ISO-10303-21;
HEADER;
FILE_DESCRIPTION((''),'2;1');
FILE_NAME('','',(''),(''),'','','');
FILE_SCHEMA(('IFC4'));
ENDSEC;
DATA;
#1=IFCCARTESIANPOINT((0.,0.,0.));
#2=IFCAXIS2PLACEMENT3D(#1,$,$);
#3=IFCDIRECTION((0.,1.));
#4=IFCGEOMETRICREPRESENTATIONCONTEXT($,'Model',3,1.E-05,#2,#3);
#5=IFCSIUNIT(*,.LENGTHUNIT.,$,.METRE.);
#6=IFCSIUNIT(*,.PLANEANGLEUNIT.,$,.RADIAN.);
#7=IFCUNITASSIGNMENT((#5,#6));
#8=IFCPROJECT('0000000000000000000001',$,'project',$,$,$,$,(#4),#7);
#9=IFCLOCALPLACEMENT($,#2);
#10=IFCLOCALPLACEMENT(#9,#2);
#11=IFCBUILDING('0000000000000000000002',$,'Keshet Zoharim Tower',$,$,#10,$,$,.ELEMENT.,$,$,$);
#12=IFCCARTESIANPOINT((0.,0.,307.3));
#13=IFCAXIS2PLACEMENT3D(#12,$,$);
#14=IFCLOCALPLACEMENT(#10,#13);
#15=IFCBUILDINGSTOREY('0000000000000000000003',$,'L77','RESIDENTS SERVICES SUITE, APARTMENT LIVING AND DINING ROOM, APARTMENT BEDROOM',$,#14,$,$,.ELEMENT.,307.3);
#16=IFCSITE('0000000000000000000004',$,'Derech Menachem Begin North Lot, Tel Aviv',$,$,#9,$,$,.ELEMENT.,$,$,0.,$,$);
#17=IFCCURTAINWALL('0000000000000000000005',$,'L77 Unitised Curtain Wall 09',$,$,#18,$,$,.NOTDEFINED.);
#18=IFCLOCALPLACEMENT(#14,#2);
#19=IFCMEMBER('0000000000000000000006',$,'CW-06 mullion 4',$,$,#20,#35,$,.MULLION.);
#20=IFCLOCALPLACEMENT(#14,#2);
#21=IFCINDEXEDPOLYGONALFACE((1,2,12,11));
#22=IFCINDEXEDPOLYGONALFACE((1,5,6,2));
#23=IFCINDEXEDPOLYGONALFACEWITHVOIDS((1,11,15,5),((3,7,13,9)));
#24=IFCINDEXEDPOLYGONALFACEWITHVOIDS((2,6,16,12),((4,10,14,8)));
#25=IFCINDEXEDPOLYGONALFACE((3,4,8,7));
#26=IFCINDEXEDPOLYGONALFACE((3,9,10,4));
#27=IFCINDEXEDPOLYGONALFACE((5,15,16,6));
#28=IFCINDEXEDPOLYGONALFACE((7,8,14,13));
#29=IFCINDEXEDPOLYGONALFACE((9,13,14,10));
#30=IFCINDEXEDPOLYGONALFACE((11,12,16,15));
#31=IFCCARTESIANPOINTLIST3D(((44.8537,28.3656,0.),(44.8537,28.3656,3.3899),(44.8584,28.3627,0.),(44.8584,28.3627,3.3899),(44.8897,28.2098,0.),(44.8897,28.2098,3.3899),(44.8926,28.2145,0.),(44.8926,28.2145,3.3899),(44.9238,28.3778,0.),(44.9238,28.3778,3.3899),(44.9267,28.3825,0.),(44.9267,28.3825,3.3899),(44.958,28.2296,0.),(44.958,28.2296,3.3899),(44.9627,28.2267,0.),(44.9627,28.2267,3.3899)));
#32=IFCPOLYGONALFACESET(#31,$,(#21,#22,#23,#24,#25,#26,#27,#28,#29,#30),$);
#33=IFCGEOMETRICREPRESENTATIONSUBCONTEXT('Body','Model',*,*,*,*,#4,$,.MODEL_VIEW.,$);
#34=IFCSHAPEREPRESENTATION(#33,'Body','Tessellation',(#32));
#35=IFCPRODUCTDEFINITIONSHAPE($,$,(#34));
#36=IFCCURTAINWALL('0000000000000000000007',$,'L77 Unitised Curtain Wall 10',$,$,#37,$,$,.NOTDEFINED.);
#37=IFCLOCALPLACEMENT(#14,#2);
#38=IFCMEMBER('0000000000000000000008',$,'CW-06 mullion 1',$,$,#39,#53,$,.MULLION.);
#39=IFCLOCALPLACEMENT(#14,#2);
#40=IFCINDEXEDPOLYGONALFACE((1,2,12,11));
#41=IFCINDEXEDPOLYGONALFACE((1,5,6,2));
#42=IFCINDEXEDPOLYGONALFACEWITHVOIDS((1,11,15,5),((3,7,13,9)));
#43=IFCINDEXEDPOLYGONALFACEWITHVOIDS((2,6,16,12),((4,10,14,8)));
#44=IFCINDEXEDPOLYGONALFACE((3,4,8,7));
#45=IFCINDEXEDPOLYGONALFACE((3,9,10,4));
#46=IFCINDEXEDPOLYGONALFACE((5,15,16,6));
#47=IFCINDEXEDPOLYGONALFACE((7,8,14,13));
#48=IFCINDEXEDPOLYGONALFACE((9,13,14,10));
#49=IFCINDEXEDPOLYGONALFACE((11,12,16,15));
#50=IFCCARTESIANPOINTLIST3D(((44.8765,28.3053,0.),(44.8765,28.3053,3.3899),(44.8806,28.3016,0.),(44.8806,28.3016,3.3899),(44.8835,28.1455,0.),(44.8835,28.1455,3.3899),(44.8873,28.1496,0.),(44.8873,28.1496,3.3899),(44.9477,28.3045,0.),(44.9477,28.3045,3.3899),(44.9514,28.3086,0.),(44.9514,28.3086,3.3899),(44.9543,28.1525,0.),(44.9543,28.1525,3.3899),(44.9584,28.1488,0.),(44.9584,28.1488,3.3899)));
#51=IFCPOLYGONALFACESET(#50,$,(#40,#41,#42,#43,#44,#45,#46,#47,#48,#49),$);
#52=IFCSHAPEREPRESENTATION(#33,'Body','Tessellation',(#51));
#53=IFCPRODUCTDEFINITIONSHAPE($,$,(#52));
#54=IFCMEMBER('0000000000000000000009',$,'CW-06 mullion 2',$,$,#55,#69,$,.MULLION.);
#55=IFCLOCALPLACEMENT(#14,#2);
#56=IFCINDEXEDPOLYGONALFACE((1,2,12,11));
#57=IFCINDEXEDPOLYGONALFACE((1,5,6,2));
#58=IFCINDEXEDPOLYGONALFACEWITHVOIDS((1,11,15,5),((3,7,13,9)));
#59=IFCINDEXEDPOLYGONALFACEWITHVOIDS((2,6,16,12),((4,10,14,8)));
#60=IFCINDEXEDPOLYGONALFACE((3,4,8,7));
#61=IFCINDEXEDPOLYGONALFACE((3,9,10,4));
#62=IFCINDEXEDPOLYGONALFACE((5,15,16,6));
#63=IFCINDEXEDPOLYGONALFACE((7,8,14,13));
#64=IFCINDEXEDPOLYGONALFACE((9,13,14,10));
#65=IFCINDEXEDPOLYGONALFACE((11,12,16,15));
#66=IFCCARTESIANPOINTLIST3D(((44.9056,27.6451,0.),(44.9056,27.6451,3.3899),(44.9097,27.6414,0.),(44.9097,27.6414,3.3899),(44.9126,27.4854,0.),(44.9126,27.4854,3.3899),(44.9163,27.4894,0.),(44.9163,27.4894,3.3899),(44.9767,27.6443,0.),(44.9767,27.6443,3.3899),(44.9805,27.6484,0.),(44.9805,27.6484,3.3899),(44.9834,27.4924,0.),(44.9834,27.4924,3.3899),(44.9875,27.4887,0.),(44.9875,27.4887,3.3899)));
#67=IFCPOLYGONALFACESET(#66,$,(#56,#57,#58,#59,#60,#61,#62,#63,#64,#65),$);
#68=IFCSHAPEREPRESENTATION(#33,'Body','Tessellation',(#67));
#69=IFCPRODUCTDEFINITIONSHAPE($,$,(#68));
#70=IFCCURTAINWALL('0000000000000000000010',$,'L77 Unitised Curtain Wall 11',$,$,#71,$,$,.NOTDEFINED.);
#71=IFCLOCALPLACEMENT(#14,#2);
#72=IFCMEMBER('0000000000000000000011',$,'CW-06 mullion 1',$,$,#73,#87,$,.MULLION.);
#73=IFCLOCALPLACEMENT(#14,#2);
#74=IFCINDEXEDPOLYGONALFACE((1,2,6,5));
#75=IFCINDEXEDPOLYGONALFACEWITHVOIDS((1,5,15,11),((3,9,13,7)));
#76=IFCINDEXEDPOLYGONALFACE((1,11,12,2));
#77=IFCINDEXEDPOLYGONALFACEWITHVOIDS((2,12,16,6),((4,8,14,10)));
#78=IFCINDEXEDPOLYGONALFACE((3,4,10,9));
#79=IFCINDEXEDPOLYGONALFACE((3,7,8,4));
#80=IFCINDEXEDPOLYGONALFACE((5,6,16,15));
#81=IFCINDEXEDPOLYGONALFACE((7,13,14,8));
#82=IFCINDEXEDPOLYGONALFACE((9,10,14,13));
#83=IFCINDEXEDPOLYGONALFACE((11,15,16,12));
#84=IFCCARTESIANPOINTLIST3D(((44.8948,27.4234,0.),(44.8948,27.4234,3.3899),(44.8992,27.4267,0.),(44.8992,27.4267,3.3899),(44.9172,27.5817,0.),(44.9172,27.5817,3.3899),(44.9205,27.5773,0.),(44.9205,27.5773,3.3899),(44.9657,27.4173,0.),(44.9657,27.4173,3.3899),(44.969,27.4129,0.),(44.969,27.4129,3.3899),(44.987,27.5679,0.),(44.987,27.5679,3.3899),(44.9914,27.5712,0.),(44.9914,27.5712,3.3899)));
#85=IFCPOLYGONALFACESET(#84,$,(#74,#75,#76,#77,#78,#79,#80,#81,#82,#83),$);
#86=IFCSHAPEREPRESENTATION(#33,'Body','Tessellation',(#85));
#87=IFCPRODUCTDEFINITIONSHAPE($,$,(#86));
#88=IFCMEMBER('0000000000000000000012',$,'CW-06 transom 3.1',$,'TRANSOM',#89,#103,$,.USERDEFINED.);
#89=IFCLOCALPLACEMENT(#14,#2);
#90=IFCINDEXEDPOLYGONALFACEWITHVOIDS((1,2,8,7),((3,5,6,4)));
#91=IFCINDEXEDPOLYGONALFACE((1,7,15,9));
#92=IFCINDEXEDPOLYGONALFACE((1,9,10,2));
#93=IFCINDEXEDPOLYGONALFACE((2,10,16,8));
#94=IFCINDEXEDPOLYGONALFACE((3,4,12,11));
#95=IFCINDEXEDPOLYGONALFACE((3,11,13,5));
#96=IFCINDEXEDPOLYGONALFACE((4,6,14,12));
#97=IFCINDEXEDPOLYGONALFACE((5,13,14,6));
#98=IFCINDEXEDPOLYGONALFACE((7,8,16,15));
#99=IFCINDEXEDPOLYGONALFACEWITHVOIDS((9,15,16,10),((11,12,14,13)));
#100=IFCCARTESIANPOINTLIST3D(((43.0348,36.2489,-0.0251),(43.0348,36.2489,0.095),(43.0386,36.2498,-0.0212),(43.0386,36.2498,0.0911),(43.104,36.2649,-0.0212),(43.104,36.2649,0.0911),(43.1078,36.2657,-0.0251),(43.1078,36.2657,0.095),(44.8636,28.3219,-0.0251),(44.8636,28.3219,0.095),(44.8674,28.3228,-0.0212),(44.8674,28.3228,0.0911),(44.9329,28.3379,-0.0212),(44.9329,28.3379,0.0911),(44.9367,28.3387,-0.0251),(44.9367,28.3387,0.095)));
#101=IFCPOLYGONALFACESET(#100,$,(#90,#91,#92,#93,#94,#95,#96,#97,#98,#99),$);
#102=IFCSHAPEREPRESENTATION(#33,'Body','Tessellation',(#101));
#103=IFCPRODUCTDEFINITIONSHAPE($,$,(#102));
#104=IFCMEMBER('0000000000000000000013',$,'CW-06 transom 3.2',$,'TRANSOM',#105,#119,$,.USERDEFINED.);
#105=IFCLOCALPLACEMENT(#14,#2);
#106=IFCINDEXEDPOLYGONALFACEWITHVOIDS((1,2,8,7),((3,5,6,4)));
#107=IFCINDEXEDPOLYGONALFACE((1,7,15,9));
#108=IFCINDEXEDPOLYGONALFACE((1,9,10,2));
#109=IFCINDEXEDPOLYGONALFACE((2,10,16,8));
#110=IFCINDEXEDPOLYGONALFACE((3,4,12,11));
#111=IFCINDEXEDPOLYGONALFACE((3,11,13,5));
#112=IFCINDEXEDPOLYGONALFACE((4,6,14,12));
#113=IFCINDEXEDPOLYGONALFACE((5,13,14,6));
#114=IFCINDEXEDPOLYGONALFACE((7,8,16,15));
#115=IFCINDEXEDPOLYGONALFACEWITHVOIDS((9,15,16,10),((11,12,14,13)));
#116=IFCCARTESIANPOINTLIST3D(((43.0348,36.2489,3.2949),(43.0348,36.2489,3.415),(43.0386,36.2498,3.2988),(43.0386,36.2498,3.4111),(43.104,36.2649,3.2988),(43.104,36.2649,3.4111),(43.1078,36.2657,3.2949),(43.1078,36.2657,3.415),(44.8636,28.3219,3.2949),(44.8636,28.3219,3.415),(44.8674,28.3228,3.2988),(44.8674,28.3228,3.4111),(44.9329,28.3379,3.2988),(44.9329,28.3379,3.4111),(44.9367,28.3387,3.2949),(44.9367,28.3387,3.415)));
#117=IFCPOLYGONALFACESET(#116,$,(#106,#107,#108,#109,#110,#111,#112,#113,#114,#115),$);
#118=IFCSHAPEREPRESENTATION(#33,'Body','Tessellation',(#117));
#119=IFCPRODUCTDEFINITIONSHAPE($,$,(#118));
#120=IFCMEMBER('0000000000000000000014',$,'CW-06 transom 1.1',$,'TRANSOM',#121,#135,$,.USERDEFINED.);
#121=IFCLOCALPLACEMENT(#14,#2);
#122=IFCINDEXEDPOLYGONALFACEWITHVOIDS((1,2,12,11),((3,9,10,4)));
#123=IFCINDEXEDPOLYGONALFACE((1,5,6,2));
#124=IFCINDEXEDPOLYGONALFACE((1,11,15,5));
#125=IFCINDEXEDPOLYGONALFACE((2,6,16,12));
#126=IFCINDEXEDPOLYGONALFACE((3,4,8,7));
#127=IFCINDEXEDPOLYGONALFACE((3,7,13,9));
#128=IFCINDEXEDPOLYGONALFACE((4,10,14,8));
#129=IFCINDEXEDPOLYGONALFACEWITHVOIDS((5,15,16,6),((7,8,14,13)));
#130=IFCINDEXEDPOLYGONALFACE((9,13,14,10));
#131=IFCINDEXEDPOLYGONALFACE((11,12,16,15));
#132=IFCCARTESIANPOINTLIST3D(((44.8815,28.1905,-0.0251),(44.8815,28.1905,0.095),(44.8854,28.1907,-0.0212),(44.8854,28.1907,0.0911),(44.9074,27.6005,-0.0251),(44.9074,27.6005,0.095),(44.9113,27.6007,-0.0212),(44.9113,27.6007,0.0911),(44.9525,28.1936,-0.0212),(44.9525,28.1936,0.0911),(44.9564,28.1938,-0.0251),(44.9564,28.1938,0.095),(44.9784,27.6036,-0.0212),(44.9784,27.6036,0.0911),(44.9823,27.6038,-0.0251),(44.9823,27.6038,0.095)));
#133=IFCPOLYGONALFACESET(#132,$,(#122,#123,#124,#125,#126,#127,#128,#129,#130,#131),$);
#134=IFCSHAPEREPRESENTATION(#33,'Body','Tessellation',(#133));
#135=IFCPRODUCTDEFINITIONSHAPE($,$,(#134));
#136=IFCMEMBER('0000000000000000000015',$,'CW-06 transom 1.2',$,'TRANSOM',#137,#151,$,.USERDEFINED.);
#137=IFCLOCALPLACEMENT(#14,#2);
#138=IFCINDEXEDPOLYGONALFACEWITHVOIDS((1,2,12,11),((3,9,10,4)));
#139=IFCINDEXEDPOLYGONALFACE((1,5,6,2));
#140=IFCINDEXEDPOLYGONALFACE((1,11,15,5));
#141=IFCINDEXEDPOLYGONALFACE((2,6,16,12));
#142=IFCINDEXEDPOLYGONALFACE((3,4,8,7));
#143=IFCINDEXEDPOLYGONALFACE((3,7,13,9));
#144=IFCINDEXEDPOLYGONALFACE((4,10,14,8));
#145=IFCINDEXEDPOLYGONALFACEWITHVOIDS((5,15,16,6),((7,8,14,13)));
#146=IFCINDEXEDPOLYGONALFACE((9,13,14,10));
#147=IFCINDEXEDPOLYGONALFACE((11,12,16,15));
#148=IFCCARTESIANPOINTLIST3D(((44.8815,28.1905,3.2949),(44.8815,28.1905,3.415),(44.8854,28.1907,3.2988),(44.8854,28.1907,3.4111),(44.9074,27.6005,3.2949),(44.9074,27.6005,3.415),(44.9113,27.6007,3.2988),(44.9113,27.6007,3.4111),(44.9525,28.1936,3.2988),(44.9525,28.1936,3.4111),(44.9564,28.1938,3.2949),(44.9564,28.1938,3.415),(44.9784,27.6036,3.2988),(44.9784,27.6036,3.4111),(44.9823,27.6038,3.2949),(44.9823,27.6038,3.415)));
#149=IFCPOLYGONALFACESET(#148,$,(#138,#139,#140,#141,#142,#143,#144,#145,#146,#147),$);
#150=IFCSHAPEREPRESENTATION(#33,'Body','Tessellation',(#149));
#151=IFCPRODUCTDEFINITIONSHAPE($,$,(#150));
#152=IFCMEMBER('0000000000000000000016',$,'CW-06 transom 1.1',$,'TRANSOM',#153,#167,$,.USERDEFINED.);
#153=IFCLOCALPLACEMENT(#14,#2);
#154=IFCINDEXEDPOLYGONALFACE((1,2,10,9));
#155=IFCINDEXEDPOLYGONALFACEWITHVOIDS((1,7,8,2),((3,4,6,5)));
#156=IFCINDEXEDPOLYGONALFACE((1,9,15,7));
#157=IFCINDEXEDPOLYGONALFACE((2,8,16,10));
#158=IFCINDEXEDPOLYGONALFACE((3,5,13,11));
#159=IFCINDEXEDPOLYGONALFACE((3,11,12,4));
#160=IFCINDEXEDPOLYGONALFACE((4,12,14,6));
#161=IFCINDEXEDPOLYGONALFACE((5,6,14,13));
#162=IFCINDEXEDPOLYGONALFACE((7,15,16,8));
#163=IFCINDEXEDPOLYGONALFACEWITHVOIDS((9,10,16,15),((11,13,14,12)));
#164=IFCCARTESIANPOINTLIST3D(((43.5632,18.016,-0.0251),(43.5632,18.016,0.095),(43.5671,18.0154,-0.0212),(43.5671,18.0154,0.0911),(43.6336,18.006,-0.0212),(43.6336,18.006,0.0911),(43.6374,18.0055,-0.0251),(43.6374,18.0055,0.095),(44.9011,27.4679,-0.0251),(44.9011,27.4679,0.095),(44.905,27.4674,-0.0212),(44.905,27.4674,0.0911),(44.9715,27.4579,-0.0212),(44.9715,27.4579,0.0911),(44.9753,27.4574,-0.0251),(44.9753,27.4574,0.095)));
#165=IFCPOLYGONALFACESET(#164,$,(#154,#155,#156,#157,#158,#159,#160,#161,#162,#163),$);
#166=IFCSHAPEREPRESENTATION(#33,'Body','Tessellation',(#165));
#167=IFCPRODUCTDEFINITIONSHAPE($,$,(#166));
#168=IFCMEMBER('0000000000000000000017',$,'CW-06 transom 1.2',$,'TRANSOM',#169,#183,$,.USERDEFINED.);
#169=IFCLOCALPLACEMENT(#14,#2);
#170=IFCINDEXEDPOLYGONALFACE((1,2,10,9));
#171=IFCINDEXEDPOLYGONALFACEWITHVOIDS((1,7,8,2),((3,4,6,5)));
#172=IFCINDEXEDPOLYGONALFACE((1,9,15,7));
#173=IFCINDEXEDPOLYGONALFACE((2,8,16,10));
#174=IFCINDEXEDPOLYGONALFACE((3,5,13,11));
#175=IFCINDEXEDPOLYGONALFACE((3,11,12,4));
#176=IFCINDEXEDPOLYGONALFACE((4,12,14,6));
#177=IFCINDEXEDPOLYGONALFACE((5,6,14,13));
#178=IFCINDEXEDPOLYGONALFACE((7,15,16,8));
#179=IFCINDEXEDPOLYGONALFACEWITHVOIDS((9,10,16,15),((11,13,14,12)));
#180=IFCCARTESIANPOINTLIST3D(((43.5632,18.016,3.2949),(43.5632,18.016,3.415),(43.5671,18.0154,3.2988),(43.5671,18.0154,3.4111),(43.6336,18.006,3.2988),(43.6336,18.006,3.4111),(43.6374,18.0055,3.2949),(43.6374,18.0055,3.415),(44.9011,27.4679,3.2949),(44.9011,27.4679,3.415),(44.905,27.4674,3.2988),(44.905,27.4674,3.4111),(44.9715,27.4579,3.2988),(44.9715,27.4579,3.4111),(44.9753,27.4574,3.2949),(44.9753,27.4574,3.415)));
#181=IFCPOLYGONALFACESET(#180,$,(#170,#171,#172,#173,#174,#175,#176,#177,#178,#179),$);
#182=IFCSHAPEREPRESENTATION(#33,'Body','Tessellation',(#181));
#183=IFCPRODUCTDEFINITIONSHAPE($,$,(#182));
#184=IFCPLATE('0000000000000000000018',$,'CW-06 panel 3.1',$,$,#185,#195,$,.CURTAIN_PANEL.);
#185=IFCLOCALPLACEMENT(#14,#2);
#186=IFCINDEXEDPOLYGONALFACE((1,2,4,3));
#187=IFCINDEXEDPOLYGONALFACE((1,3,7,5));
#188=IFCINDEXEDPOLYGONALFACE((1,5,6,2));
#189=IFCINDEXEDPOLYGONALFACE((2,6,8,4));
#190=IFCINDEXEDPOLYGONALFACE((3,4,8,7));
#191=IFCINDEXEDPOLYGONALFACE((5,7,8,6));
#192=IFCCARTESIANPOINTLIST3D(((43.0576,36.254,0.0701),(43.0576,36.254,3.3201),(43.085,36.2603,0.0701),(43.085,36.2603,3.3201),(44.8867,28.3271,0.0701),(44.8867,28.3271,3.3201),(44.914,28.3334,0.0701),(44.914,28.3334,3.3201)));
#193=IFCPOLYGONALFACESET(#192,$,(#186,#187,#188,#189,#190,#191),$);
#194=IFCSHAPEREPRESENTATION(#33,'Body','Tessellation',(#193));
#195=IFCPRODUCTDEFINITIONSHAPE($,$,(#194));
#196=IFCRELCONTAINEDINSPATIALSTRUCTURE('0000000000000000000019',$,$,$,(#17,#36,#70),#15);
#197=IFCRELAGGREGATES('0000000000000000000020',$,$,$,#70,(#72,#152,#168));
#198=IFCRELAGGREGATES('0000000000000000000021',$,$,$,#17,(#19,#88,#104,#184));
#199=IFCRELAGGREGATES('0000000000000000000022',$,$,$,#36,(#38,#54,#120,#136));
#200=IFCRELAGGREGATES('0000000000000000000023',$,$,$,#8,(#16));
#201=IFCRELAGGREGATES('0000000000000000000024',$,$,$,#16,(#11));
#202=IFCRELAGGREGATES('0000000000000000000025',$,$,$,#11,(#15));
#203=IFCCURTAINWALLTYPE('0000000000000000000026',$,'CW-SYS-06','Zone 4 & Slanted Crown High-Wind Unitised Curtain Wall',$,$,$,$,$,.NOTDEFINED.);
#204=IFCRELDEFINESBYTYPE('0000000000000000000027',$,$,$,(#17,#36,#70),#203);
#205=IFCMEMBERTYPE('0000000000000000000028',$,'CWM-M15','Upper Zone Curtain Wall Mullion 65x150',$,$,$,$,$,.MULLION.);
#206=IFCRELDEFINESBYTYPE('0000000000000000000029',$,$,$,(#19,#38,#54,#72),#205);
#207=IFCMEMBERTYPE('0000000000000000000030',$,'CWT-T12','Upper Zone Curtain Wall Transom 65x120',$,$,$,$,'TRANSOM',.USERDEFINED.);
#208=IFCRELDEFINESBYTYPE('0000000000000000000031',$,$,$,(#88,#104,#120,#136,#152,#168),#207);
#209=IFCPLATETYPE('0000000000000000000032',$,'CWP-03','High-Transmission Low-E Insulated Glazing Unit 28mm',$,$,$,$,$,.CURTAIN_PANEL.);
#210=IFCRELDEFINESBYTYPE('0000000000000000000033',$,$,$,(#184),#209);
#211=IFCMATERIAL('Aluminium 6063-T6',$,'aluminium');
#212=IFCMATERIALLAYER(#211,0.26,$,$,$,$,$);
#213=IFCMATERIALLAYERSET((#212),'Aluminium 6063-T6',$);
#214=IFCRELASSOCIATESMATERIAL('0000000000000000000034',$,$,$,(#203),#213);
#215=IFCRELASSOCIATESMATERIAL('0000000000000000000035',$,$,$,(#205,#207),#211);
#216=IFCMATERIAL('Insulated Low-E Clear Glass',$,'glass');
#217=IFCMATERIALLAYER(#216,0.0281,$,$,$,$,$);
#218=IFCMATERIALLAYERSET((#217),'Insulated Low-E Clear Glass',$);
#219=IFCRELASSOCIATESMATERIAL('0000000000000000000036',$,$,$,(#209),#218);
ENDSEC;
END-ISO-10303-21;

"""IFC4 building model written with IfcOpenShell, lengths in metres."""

from ifc_helpers import new_model, si_unit, direction, frame, origin, origin_2d, place, context, subcontext, project, spatial, rectangle, hollow_rectangle, extrude, material, layer, layer_set, material_profile, profile_set, type_object, element, aggregate, save


model = new_model("IFC4")

# Units and contexts
model_context = context("Model", 3, precision=1e-05, world=origin(), true_north=direction((0.0, 1.0)))
body_context = subcontext(model_context, "Body", "Model", "MODEL_VIEW")
ifc_project = project(units=[si_unit("LENGTHUNIT", "METRE"), si_unit("PLANEANGLEUNIT", "RADIAN")], contexts=[model_context])

# Site, building, storey
site_placement = place(None, origin())
site = spatial("IfcSite", under=ifc_project, at=site_placement, Name="Derech Menachem Begin North Lot, Tel Aviv", CompositionType="ELEMENT", RefElevation=0.0)
building_placement = place(site_placement, origin())
building = spatial("IfcBuilding", under=site, at=building_placement, Name="Keshet Zoharim Tower", CompositionType="ELEMENT")
storey_placement = place(building_placement, frame((0.0, 0.0, 307.3)))
storey = spatial("IfcBuildingStorey", under=building, at=storey_placement, Name="L77", Description="RESIDENTS SERVICES SUITE, APARTMENT LIVING AND DINING ROOM, APARTMENT BEDROOM", CompositionType="ELEMENT", Elevation=307.3)

# Curtain walls, members
ifc_material_1 = material(Name="Aluminium 6063-T6", Category="aluminium")
ifc_layer_1 = layer(ifc_material_1, 0.26)
ifc_layer_set_1 = layer_set([ifc_layer_1], Name="Aluminium 6063-T6")
curtain_wall_type = type_object("IfcCurtainWallType", Name="CW-SYS-06", Description="Zone 4 & Slanted Crown High-Wind Unitised Curtain Wall", PredefinedType="NOTDEFINED", material=ifc_layer_set_1)
curtain_wall_1_placement = place(storey_placement, origin())
curtain_wall_1 = element("IfcCurtainWall", 1, at=curtain_wall_1_placement, inside=storey, type_object=curtain_wall_type, Name="L77 Unitised Curtain Wall 09", PredefinedType="NOTDEFINED")
ifc_material_profile_1 = material_profile(ifc_material_1, hollow_rectangle(XDim=0.075, YDim=0.1599, WallThickness=0.0039, at=origin_2d()), Name="MUL-75x160")
ifc_profile_set_1 = profile_set([ifc_material_profile_1], Name="Aluminium 6063-T6")
member_type_1 = type_object("IfcMemberType", Name="CWM-M15", Description="Upper Zone Curtain Wall Mullion 65x150", PredefinedType="MULLION", material=ifc_profile_set_1)
member_1_placement = place(storey_placement, frame((44.9082, 28.2961, 0.0), z_axis=(0.0, 0.0, 1.0), x_axis=(0.974398, 0.22483, 0.0)))
member_1 = element("IfcMember", 2, at=member_1_placement, type_object=member_type_1, Name="CW-06 mullion 4", PredefinedType="MULLION", context=body_context, shape_type="SweptSolid", body=[
    extrude(hollow_rectangle(XDim=0.075, YDim=0.1599, WallThickness=0.0039, at=origin_2d()), origin(), (0.0, 0.0, 1.0), 3.3899),
])
curtain_wall_2_placement = place(storey_placement, origin())
curtain_wall_2 = element("IfcCurtainWall", 3, at=curtain_wall_2_placement, inside=storey, type_object=curtain_wall_type, Name="L77 Unitised Curtain Wall 10", PredefinedType="NOTDEFINED")
member_2_placement = place(storey_placement, frame((44.9175, 28.2271, 0.0), z_axis=(0.0, 0.0, 1.0), x_axis=(0.999041, 0.043794, 0.0)))
member_2 = element("IfcMember", 4, at=member_2_placement, type_object=member_type_1, Name="CW-06 mullion 1", PredefinedType="MULLION", context=body_context, shape_type="SweptSolid", body=[
    extrude(hollow_rectangle(XDim=0.075, YDim=0.1599, WallThickness=0.0039, at=origin_2d()), origin(), (0.0, 0.0, 1.0), 3.3899),
])
member_3_placement = place(storey_placement, frame((44.9465, 27.5669, 0.0), z_axis=(0.0, 0.0, 1.0), x_axis=(0.999041, 0.043794, 0.0)))
member_3 = element("IfcMember", 5, at=member_3_placement, type_object=member_type_1, Name="CW-06 mullion 2", PredefinedType="MULLION", context=body_context, shape_type="SweptSolid", body=[
    extrude(hollow_rectangle(XDim=0.075, YDim=0.1599, WallThickness=0.0039, at=origin_2d()), origin(), (0.0, 0.0, 1.0), 3.3899),
])

# Curtain wall, member
curtain_wall_3_placement = place(storey_placement, origin())
curtain_wall_3 = element("IfcCurtainWall", 6, at=curtain_wall_3_placement, inside=storey, type_object=curtain_wall_type, Name="L77 Unitised Curtain Wall 11", PredefinedType="NOTDEFINED")
member_4_placement = place(storey_placement, frame((44.9431, 27.4973, 0.0), z_axis=(0.0, 0.0, 1.0), x_axis=(0.990132, -0.140137, 0.0)))
member_4 = element("IfcMember", 7, at=member_4_placement, type_object=member_type_1, Name="CW-06 mullion 1", PredefinedType="MULLION", context=body_context, shape_type="SweptSolid", body=[
    extrude(hollow_rectangle(XDim=0.075, YDim=0.1599, WallThickness=0.0039, at=origin_2d()), origin(), (0.0, 0.0, 1.0), 3.3899),
])

# Members
ifc_material_profile_2 = material_profile(ifc_material_1, hollow_rectangle(XDim=0.075, YDim=0.1201, WallThickness=0.0039, at=origin_2d()), Name="TRN-75x120")
ifc_profile_set_2 = profile_set([ifc_material_profile_2], Name="Aluminium 6063-T6")
member_type_2 = type_object("IfcMemberType", Name="CWT-T12", Description="Upper Zone Curtain Wall Transom 65x120", ElementType="TRANSOM", PredefinedType="USERDEFINED", material=ifc_profile_set_2)
member_5_placement = place(storey_placement, frame((43.0713, 36.2573, 0.0349), z_axis=(0.224807, -0.974403, 0.0), x_axis=(0.974403, 0.224807, 0.0)))
member_5 = element("IfcMember", 8, at=member_5_placement, type_object=member_type_2, Name="CW-06 transom 3.1", ObjectType="TRANSOM", PredefinedType="USERDEFINED", context=body_context, shape_type="SweptSolid", body=[
    extrude(hollow_rectangle(XDim=0.075, YDim=0.1201, WallThickness=0.0039, at=origin_2d()), origin(), (0.0, 0.0, 1.0), 8.1353),
])
member_6_placement = place(storey_placement, frame((43.0713, 36.2573, 3.355), z_axis=(0.224807, -0.974403, 0.0), x_axis=(0.974403, 0.224807, 0.0)))
member_6 = element("IfcMember", 9, at=member_6_placement, type_object=member_type_2, Name="CW-06 transom 3.2", ObjectType="TRANSOM", PredefinedType="USERDEFINED", context=body_context, shape_type="SweptSolid", body=[
    extrude(hollow_rectangle(XDim=0.075, YDim=0.1201, WallThickness=0.0039, at=origin_2d()), origin(), (0.0, 0.0, 1.0), 8.1353),
])
member_7_placement = place(storey_placement, frame((44.9189, 28.1921, 0.0349), z_axis=(0.043814, -0.99904, 0.0), x_axis=(0.99904, 0.043814, 0.0)))
member_7 = element("IfcMember", 10, at=member_7_placement, type_object=member_type_2, Name="CW-06 transom 1.1", ObjectType="TRANSOM", PredefinedType="USERDEFINED", context=body_context, shape_type="SweptSolid", body=[
    extrude(hollow_rectangle(XDim=0.075, YDim=0.1201, WallThickness=0.0039, at=origin_2d()), origin(), (0.0, 0.0, 1.0), 0.5906),
])
member_8_placement = place(storey_placement, frame((44.9189, 28.1921, 3.355), z_axis=(0.043814, -0.99904, 0.0), x_axis=(0.99904, 0.043814, 0.0)))
member_8 = element("IfcMember", 11, at=member_8_placement, type_object=member_type_2, Name="CW-06 transom 1.2", ObjectType="TRANSOM", PredefinedType="USERDEFINED", context=body_context, shape_type="SweptSolid", body=[
    extrude(hollow_rectangle(XDim=0.075, YDim=0.1201, WallThickness=0.0039, at=origin_2d()), origin(), (0.0, 0.0, 1.0), 0.5906),
])
member_9_placement = place(storey_placement, frame((44.9382, 27.4626, 0.0349), z_axis=(-0.14015, -0.99013, 0.0), x_axis=(0.99013, -0.14015, 0.0)))
member_9 = element("IfcMember", 12, at=member_9_placement, type_object=member_type_2, Name="CW-06 transom 1.1", ObjectType="TRANSOM", PredefinedType="USERDEFINED", context=body_context, shape_type="SweptSolid", body=[
    extrude(hollow_rectangle(XDim=0.075, YDim=0.1201, WallThickness=0.0039, at=origin_2d()), origin(), (0.0, 0.0, 1.0), 9.5461),
])
member_10_placement = place(storey_placement, frame((44.9382, 27.4626, 3.355), z_axis=(-0.14015, -0.99013, 0.0), x_axis=(0.99013, -0.14015, 0.0)))
member_10 = element("IfcMember", 13, at=member_10_placement, type_object=member_type_2, Name="CW-06 transom 1.2", ObjectType="TRANSOM", PredefinedType="USERDEFINED", context=body_context, shape_type="SweptSolid", body=[
    extrude(hollow_rectangle(XDim=0.075, YDim=0.1201, WallThickness=0.0039, at=origin_2d()), origin(), (0.0, 0.0, 1.0), 9.5461),
])
aggregate(curtain_wall_3, [member_4, member_9, member_10])

# Plate
ifc_material_2 = material(Name="Insulated Low-E Clear Glass", Category="glass")
ifc_layer_2 = layer(ifc_material_2, 0.0281)
ifc_layer_set_2 = layer_set([ifc_layer_2], Name="Insulated Low-E Clear Glass")
plate_type = type_object("IfcPlateType", Name="CWP-03", Description="High-Transmission Low-E Insulated Glazing Unit 28mm", PredefinedType="CURTAIN_PANEL", material=ifc_layer_set_2)
plate_1_placement = place(storey_placement, frame((43.9858, 32.2937, 0.0701), z_axis=(0.0, 0.0, 1.0), x_axis=(0.22483, -0.974398, 0.0)))
plate_1 = element("IfcPlate", 14, at=plate_1_placement, type_object=plate_type, Name="CW-06 panel 3.1", PredefinedType="CURTAIN_PANEL", context=body_context, shape_type="SweptSolid", body=[
    extrude(rectangle(XDim=8.1353, YDim=0.0281, at=origin_2d()), origin(), (0.0, 0.0, 1.0), 3.25),
])
aggregate(curtain_wall_1, [member_1, member_5, member_6, plate_1])
aggregate(curtain_wall_2, [member_2, member_3, member_7, member_8])

save(model, "model.ifc")
